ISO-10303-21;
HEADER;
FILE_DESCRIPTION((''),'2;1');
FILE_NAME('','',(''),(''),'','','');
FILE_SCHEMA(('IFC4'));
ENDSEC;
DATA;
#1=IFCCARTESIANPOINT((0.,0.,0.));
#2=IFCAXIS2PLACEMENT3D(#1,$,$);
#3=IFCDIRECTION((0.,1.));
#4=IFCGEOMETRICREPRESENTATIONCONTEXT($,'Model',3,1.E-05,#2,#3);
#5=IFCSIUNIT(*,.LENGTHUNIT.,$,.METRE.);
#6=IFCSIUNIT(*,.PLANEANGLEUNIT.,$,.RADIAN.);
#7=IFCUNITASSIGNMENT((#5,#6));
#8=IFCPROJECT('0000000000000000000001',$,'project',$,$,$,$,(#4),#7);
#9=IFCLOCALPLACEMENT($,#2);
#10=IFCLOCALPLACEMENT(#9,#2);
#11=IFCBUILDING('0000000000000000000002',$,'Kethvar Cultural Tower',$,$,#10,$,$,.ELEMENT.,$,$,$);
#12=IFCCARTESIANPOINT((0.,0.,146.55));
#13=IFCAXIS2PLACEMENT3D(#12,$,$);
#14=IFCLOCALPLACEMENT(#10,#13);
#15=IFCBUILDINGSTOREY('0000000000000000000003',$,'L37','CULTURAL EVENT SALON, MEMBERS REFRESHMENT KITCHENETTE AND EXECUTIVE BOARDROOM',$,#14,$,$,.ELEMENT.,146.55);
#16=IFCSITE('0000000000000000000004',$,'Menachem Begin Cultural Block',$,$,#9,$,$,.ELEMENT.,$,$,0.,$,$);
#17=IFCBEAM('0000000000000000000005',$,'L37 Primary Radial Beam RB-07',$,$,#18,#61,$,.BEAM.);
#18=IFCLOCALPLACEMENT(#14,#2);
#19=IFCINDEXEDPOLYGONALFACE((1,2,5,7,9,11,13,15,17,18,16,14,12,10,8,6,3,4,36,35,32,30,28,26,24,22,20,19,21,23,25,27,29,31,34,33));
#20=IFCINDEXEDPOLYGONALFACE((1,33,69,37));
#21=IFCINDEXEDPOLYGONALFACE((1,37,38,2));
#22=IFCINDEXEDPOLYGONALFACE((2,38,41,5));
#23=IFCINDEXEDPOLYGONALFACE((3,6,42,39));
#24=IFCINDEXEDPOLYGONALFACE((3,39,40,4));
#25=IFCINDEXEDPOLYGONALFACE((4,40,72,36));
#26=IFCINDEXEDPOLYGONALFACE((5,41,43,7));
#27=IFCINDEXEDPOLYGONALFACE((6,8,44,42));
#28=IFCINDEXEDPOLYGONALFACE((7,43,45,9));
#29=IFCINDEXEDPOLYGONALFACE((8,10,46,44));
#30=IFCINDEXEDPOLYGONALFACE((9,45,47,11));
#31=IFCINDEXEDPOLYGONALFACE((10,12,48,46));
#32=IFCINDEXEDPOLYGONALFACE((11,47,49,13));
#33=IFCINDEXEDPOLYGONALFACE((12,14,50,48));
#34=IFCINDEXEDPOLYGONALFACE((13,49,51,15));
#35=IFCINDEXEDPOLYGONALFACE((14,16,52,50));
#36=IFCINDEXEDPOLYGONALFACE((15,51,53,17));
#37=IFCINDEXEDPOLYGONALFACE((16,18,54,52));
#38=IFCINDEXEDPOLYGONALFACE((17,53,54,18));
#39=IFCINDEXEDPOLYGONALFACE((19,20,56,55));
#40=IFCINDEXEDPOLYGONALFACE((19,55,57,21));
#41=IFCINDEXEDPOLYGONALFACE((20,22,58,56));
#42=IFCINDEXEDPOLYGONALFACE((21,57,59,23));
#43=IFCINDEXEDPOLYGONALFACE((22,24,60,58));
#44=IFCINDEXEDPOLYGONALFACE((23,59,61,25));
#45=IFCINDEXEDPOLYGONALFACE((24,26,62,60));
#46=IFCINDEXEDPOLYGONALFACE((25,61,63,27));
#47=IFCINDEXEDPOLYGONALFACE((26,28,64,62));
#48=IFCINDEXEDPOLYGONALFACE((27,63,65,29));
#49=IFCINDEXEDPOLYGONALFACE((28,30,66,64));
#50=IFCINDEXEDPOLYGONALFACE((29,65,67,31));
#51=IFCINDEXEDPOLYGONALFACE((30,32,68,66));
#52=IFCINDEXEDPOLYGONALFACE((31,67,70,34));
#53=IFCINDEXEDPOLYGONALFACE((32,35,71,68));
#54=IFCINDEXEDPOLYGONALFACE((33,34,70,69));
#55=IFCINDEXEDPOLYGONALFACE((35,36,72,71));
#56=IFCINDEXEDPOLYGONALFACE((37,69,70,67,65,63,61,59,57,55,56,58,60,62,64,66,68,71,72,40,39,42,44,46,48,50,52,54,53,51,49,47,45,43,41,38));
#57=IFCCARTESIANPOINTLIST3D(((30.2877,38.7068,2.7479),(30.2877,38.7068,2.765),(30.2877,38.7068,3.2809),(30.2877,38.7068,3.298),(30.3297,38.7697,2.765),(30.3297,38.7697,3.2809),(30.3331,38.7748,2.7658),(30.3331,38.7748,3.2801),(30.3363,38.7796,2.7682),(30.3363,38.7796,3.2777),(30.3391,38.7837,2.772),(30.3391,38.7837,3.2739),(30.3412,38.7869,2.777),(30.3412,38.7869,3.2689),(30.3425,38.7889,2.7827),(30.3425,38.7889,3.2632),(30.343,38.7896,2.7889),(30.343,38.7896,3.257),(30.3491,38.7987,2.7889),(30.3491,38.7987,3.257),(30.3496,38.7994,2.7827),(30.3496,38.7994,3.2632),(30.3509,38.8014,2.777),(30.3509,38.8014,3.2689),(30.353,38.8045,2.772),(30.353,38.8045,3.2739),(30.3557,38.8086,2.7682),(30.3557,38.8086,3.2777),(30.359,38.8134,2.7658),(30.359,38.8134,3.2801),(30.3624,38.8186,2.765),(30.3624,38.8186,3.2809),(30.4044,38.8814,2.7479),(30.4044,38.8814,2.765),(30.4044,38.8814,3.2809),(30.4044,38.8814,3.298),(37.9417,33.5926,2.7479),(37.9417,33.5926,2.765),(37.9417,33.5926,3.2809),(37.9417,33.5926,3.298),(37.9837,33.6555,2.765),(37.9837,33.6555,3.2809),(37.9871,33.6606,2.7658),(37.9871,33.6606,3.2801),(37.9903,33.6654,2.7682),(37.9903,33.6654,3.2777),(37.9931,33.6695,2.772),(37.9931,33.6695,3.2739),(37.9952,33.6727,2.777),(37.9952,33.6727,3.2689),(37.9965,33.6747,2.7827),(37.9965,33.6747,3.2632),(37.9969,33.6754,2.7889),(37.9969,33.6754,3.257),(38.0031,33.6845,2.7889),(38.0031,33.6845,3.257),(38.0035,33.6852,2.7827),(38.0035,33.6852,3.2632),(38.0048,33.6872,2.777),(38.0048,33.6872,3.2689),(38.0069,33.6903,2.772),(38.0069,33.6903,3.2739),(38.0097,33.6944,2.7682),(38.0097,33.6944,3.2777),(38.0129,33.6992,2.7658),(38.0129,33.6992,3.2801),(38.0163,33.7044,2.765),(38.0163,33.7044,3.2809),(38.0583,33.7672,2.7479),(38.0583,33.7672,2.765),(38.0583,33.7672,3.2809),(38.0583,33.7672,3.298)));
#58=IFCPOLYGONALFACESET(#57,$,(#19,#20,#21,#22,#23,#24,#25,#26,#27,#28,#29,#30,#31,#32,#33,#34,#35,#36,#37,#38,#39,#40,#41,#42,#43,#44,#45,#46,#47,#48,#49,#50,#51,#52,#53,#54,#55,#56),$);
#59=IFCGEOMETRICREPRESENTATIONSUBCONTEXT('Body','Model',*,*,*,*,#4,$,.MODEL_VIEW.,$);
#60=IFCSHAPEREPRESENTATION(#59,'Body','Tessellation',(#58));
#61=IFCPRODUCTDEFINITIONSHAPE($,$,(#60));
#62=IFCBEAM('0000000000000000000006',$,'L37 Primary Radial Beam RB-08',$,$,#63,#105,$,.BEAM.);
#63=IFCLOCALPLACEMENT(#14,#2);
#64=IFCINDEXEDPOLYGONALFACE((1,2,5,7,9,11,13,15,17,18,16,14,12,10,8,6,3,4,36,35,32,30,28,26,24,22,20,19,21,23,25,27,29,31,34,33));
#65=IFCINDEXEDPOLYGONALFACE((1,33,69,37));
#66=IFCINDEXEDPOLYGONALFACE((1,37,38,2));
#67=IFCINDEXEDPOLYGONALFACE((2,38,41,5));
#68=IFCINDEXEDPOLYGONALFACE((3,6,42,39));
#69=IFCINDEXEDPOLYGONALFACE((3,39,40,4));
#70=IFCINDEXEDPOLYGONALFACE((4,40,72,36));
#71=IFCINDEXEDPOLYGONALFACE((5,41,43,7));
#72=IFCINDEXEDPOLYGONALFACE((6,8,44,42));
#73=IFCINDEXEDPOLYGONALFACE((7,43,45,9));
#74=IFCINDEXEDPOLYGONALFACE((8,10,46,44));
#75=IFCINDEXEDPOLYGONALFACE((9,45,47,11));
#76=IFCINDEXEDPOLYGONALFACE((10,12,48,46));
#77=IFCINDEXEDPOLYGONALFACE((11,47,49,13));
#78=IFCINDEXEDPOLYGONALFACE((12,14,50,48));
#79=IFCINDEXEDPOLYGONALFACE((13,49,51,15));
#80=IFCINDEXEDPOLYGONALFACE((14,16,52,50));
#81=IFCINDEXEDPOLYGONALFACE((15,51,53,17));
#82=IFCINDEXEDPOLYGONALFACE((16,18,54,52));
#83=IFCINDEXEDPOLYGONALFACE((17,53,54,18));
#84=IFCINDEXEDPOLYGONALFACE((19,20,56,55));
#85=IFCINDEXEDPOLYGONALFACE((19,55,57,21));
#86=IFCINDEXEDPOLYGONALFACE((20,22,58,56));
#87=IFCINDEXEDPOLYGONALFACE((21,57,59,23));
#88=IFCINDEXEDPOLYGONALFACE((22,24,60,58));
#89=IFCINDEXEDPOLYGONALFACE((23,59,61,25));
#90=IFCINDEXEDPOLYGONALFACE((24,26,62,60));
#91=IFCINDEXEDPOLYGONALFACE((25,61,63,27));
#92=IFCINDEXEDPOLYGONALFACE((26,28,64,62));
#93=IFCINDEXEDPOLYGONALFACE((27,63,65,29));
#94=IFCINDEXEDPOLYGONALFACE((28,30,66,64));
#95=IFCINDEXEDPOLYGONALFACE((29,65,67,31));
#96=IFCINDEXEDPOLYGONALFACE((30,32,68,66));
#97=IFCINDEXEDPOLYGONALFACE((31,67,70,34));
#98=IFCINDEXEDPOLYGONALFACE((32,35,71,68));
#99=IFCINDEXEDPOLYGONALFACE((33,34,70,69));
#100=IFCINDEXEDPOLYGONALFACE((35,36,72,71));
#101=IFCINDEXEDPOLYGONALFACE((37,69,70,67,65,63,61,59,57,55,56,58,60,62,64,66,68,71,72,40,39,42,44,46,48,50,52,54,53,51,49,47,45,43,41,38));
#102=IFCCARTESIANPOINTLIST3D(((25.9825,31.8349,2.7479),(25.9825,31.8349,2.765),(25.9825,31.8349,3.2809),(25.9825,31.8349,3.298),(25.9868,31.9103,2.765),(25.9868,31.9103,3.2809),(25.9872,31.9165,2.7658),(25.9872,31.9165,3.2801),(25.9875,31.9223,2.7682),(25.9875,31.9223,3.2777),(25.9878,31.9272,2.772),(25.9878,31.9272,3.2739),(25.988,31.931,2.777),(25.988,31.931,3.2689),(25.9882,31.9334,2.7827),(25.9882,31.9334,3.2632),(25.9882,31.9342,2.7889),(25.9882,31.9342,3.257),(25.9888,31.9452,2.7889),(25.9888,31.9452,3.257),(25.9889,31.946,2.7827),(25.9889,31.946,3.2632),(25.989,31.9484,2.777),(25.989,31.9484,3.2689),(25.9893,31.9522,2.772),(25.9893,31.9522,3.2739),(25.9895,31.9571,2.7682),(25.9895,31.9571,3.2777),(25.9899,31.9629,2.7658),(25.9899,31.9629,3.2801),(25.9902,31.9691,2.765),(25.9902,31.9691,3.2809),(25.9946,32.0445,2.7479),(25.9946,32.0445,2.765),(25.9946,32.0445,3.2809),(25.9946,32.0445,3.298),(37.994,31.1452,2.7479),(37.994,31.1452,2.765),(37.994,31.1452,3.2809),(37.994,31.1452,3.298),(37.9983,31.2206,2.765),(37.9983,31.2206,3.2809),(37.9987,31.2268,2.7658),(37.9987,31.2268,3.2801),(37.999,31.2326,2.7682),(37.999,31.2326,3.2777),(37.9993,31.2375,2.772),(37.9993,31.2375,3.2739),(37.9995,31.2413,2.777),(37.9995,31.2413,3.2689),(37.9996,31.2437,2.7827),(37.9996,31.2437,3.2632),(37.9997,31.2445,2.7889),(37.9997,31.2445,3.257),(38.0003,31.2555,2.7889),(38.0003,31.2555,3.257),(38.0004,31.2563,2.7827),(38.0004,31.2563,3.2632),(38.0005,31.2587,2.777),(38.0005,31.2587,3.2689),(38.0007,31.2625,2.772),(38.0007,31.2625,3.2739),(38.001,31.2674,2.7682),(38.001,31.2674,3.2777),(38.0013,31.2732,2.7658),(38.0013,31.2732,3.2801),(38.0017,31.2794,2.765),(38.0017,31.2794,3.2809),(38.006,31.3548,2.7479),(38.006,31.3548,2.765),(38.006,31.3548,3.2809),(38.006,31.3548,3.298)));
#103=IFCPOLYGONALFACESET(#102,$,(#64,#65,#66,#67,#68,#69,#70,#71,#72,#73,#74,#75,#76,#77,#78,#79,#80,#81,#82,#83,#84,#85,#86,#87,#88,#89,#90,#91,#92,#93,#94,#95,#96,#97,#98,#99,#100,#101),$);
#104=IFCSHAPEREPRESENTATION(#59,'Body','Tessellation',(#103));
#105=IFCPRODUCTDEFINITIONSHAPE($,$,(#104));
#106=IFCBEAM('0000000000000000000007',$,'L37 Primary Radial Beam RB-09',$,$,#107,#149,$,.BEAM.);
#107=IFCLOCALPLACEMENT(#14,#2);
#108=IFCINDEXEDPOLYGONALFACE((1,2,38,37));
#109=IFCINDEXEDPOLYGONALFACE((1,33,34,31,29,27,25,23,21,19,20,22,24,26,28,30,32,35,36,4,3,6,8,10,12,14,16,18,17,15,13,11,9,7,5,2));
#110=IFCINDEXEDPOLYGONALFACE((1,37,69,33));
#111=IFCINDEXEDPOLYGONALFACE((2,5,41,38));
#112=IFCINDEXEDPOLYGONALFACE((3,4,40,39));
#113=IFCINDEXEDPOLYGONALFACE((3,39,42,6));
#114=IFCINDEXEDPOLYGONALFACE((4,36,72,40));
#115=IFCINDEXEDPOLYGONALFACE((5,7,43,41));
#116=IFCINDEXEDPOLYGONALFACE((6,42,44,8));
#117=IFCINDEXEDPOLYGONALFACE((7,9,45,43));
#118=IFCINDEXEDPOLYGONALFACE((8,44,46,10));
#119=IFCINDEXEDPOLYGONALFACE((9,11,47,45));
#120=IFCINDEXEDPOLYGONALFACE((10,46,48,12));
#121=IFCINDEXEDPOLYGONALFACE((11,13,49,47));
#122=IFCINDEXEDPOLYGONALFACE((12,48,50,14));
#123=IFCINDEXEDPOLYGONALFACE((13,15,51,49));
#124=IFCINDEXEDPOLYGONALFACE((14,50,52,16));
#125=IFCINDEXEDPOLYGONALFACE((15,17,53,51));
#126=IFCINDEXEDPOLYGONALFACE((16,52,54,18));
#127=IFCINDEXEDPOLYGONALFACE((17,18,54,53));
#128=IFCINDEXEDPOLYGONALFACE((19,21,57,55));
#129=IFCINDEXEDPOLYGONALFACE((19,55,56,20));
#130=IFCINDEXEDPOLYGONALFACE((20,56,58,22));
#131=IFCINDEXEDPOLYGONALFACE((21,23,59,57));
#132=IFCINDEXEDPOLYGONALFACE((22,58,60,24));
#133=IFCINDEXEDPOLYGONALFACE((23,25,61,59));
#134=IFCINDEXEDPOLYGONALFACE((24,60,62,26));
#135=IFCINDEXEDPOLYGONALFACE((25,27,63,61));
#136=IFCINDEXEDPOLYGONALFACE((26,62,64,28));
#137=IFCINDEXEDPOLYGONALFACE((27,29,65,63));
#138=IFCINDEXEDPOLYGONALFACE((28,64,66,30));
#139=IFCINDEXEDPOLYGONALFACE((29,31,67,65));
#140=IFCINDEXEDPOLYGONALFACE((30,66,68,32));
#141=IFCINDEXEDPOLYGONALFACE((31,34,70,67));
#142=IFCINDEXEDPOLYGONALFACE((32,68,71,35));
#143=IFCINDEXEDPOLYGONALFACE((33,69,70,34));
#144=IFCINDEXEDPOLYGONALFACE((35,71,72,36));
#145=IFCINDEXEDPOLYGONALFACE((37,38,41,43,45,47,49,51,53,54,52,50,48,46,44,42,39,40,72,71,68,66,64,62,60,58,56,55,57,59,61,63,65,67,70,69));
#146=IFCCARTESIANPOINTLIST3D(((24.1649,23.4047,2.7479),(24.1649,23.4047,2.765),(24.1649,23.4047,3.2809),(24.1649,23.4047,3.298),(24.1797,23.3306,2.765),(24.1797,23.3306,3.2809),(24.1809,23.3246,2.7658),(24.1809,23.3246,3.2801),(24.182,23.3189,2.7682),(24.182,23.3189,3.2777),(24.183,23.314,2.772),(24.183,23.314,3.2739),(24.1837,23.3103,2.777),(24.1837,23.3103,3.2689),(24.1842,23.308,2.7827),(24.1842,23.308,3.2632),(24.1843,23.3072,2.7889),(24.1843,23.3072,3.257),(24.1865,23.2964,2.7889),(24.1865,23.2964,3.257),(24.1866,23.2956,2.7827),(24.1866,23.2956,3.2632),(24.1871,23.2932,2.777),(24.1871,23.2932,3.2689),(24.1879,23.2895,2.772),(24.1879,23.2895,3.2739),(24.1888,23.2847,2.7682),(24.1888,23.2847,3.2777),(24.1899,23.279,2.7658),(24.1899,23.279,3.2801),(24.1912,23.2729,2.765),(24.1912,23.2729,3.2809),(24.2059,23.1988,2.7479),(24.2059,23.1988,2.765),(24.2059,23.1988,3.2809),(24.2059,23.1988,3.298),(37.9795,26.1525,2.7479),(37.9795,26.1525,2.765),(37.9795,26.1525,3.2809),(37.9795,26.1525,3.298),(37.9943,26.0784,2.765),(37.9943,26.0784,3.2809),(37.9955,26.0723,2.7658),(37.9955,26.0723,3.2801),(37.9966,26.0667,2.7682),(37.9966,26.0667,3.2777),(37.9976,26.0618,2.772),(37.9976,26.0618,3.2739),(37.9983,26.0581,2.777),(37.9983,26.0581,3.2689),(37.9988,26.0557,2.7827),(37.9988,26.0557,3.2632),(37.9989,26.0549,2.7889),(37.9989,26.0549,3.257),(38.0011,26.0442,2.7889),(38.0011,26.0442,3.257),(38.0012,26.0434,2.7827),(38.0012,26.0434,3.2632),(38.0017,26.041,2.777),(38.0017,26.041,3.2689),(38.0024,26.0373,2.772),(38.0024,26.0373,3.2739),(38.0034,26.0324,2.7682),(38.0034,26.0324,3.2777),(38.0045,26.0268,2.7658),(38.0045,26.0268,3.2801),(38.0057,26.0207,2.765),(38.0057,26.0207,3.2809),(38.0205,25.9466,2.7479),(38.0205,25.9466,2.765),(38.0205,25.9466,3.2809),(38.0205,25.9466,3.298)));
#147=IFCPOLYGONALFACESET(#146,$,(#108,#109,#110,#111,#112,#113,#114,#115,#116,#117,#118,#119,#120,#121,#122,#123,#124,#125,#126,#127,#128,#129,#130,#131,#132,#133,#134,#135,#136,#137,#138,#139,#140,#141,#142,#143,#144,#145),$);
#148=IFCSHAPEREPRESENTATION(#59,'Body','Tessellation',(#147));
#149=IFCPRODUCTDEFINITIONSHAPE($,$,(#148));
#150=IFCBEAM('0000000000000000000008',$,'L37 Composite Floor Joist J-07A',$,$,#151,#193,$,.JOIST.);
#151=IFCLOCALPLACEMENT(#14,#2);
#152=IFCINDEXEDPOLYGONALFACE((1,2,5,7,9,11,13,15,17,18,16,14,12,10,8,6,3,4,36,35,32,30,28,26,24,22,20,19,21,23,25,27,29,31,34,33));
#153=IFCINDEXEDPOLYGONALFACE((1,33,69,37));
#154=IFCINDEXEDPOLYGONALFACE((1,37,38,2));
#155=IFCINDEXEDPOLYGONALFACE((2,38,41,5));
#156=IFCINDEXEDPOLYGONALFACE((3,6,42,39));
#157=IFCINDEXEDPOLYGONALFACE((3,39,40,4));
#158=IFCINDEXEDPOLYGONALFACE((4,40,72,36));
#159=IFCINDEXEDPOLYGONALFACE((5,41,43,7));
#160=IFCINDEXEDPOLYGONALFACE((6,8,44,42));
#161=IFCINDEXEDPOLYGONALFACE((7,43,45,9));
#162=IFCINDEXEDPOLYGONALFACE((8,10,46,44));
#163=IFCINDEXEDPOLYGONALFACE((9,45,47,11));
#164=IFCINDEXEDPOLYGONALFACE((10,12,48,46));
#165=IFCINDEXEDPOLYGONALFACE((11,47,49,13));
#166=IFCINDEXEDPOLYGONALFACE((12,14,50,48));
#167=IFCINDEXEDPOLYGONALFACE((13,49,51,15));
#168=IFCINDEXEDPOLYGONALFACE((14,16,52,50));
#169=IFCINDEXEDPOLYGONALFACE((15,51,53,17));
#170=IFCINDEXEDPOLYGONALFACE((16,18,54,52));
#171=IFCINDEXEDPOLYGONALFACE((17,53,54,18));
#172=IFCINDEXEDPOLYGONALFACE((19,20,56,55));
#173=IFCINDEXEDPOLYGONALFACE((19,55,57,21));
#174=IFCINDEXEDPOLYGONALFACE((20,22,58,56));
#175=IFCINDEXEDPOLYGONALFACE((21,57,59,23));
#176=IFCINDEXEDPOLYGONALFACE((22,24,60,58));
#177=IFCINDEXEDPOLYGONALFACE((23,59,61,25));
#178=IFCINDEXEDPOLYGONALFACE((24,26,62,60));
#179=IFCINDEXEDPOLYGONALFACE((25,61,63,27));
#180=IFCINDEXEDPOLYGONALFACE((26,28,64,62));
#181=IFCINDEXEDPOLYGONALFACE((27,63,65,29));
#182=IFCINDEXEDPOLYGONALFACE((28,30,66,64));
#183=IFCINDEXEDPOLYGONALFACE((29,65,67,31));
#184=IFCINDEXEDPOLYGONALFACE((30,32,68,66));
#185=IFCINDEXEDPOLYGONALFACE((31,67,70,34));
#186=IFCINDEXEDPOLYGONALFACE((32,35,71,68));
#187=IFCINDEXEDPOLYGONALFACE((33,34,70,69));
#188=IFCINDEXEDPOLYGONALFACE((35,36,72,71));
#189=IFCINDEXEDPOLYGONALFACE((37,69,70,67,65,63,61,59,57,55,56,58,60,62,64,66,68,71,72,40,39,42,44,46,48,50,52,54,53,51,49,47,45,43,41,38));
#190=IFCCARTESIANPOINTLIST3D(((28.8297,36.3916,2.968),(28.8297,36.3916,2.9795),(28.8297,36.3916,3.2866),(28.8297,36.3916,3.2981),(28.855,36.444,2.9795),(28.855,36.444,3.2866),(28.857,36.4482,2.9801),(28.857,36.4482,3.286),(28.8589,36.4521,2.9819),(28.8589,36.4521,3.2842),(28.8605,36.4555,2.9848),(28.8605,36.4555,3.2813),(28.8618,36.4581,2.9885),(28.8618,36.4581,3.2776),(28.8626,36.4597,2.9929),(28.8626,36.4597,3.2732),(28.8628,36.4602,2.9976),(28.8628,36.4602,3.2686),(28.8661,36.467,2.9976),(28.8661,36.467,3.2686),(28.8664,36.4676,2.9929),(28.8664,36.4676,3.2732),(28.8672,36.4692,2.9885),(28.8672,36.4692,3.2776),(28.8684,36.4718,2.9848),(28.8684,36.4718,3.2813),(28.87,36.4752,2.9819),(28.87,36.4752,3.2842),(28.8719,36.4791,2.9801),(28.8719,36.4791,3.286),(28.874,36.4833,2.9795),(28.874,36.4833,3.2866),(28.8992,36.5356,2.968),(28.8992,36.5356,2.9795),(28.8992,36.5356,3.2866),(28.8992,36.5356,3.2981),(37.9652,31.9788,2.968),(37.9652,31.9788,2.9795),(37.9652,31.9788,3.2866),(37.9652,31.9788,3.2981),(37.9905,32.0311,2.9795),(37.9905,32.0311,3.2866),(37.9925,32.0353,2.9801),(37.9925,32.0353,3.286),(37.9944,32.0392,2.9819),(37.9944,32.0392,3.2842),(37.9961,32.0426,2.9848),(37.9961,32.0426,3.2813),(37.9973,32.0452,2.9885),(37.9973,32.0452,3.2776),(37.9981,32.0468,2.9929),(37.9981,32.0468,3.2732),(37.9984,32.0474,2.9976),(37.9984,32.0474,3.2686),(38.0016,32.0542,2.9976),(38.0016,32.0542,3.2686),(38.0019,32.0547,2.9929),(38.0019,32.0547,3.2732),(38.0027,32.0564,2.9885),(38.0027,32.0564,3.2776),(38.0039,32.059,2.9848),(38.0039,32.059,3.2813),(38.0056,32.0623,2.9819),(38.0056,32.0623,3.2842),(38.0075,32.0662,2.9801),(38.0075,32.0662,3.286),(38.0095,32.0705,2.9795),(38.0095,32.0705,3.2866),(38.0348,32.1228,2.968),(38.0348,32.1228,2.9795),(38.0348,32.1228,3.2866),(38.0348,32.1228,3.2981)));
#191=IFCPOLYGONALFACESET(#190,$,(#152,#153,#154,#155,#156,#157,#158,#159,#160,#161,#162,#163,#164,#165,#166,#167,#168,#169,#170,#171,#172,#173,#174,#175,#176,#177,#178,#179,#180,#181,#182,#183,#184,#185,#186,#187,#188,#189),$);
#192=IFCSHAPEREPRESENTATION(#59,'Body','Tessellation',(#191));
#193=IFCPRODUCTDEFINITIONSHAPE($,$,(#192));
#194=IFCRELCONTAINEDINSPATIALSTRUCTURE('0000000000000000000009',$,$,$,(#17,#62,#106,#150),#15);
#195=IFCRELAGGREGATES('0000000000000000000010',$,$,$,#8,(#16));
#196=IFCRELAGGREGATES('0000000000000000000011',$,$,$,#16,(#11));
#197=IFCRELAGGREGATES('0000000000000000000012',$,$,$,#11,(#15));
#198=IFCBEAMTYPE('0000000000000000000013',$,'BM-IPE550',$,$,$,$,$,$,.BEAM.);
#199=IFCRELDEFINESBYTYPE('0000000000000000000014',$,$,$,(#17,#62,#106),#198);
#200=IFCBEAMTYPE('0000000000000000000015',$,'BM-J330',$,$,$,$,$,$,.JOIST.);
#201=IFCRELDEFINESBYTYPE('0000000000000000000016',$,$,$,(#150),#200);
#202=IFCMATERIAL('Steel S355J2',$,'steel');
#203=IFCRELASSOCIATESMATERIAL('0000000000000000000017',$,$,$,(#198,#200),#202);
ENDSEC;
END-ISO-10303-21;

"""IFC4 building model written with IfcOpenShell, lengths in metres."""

from ifc_helpers import new_model, si_unit, direction, frame, origin, origin_2d, place, context, subcontext, project, spatial, i_section, extrude, source, transform, mapped, material, material_profile, profile_set, type_object, element, save


model = new_model("IFC4")

# Units and contexts
model_context = context("Model", 3, precision=1e-05, world=origin(), true_north=direction((0.0, 1.0)))
body_context = subcontext(model_context, "Body", "Model", "MODEL_VIEW")
ifc_project = project(units=[si_unit("LENGTHUNIT", "METRE"), si_unit("PLANEANGLEUNIT", "RADIAN")], contexts=[model_context])

# Site, building, storey
site_placement = place(None, origin())
site = spatial("IfcSite", under=ifc_project, at=site_placement, Name="Menachem Begin Cultural Block", CompositionType="ELEMENT", RefElevation=0.0)
building_placement = place(site_placement, origin())
building = spatial("IfcBuilding", under=site, at=building_placement, Name="Kethvar Cultural Tower", CompositionType="ELEMENT")
storey_placement = place(building_placement, frame((0.0, 0.0, 146.55)))
storey = spatial("IfcBuildingStorey", under=building, at=storey_placement, Name="L37", Description="CULTURAL EVENT SALON, MEMBERS REFRESHMENT KITCHENETTE AND EXECUTIVE BOARDROOM", CompositionType="ELEMENT", Elevation=146.55)

# Beams
ifc_material_1 = material(Name="Steel S355J2", Category="steel")
ifc_material_profile_1 = material_profile(ifc_material_1, i_section(OverallWidth=0.21, OverallDepth=0.55, WebThickness=0.011, FlangeThickness=0.0171, FilletRadius=0.0239, at=origin_2d()), Name="Steel S355J2 — IPE550")
ifc_profile_set_1 = profile_set([ifc_material_profile_1], Name="Steel S355J2 — IPE550")
beam_type_1 = type_object("IfcBeamType", Name="BM-IPE550", PredefinedType="BEAM", material=ifc_profile_set_1)
shared_shape_1 = source(origin(), body_context, "Body", "SweptSolid", [
    extrude(i_section(OverallWidth=0.21, OverallDepth=0.55, WebThickness=0.011, FlangeThickness=0.0171, FilletRadius=0.0239, at=origin_2d()), origin(), (0.0, 0.0, 1.0), 9.2053),
])
beam_1_placement = place(storey_placement, frame((38.0, 33.6799, 3.0229), z_axis=(-0.83147, 0.555569, 0.0), x_axis=(-0.555569, -0.83147, 0.0)))
element("IfcBeam", 1, at=beam_1_placement, inside=storey, type_object=beam_type_1, Name="L37 Primary Radial Beam RB-07", PredefinedType="BEAM", context=body_context, shape_type="MappedRepresentation", body=[
    mapped(shared_shape_1, transform((0.0, 0.0, 0.0), scale=1.0)),
])
shared_shape_2 = source(origin(), body_context, "Body", "SweptSolid", [
    extrude(i_section(OverallWidth=0.21, OverallDepth=0.55, WebThickness=0.011, FlangeThickness=0.0171, FilletRadius=0.0239, at=origin_2d()), origin(), (0.0, 0.0, 1.0), 12.0312),
])
beam_2_placement = place(storey_placement, frame((38.0, 31.25, 3.0229), z_axis=(-0.998356, 0.057325, 0.0), x_axis=(-0.057325, -0.998356, 0.0)))
element("IfcBeam", 2, at=beam_2_placement, inside=storey, type_object=beam_type_1, Name="L37 Primary Radial Beam RB-08", PredefinedType="BEAM", context=body_context, shape_type="MappedRepresentation", body=[
    mapped(shared_shape_2, transform((0.0, 0.0, 0.0), scale=1.0)),
])
shared_shape_3 = source(origin(), body_context, "Body", "SweptSolid", [
    extrude(i_section(OverallWidth=0.21, OverallDepth=0.55, WebThickness=0.011, FlangeThickness=0.0171, FilletRadius=0.0239, at=origin_2d()), origin(), (0.0, 0.0, 1.0), 14.0852),
])
beam_3_placement = place(storey_placement, frame((38.0, 26.0496, 3.0229), z_axis=(-0.980787, -0.195083, 0.0), x_axis=(0.195083, -0.980787, 0.0)))
element("IfcBeam", 3, at=beam_3_placement, inside=storey, type_object=beam_type_1, Name="L37 Primary Radial Beam RB-09", PredefinedType="BEAM", context=body_context, shape_type="MappedRepresentation", body=[
    mapped(shared_shape_3, transform((0.0, 0.0, 0.0), scale=1.0)),
])
ifc_material_profile_2 = material_profile(ifc_material_1, i_section(OverallWidth=0.1599, OverallDepth=0.3301, WebThickness=0.0076, FlangeThickness=0.0115, FilletRadius=0.0181, at=origin_2d()), Name="Steel S355J2 — IPE330")
ifc_profile_set_2 = profile_set([ifc_material_profile_2], Name="Steel S355J2 — IPE330")
beam_type_2 = type_object("IfcBeamType", Name="BM-J330", PredefinedType="JOIST", material=ifc_profile_set_2)
shared_shape_4 = source(origin(), body_context, "Body", "SweptSolid", [
    extrude(i_section(OverallWidth=0.1599, OverallDepth=0.3301, WebThickness=0.0076, FlangeThickness=0.0115, FilletRadius=0.0181, at=origin_2d()), origin(), (0.0, 0.0, 1.0), 10.1455),
])
beam_4_placement = place(storey_placement, frame((38.0, 32.0508, 3.1331), z_axis=(-0.900451, 0.434957, 0.0), x_axis=(-0.434957, -0.900451, 0.0)))
element("IfcBeam", 4, at=beam_4_placement, inside=storey, type_object=beam_type_2, Name="L37 Composite Floor Joist J-07A", PredefinedType="JOIST", context=body_context, shape_type="MappedRepresentation", body=[
    mapped(shared_shape_4, transform((0.0, 0.0, 0.0), scale=1.0)),
])

save(model, "model.ifc")
